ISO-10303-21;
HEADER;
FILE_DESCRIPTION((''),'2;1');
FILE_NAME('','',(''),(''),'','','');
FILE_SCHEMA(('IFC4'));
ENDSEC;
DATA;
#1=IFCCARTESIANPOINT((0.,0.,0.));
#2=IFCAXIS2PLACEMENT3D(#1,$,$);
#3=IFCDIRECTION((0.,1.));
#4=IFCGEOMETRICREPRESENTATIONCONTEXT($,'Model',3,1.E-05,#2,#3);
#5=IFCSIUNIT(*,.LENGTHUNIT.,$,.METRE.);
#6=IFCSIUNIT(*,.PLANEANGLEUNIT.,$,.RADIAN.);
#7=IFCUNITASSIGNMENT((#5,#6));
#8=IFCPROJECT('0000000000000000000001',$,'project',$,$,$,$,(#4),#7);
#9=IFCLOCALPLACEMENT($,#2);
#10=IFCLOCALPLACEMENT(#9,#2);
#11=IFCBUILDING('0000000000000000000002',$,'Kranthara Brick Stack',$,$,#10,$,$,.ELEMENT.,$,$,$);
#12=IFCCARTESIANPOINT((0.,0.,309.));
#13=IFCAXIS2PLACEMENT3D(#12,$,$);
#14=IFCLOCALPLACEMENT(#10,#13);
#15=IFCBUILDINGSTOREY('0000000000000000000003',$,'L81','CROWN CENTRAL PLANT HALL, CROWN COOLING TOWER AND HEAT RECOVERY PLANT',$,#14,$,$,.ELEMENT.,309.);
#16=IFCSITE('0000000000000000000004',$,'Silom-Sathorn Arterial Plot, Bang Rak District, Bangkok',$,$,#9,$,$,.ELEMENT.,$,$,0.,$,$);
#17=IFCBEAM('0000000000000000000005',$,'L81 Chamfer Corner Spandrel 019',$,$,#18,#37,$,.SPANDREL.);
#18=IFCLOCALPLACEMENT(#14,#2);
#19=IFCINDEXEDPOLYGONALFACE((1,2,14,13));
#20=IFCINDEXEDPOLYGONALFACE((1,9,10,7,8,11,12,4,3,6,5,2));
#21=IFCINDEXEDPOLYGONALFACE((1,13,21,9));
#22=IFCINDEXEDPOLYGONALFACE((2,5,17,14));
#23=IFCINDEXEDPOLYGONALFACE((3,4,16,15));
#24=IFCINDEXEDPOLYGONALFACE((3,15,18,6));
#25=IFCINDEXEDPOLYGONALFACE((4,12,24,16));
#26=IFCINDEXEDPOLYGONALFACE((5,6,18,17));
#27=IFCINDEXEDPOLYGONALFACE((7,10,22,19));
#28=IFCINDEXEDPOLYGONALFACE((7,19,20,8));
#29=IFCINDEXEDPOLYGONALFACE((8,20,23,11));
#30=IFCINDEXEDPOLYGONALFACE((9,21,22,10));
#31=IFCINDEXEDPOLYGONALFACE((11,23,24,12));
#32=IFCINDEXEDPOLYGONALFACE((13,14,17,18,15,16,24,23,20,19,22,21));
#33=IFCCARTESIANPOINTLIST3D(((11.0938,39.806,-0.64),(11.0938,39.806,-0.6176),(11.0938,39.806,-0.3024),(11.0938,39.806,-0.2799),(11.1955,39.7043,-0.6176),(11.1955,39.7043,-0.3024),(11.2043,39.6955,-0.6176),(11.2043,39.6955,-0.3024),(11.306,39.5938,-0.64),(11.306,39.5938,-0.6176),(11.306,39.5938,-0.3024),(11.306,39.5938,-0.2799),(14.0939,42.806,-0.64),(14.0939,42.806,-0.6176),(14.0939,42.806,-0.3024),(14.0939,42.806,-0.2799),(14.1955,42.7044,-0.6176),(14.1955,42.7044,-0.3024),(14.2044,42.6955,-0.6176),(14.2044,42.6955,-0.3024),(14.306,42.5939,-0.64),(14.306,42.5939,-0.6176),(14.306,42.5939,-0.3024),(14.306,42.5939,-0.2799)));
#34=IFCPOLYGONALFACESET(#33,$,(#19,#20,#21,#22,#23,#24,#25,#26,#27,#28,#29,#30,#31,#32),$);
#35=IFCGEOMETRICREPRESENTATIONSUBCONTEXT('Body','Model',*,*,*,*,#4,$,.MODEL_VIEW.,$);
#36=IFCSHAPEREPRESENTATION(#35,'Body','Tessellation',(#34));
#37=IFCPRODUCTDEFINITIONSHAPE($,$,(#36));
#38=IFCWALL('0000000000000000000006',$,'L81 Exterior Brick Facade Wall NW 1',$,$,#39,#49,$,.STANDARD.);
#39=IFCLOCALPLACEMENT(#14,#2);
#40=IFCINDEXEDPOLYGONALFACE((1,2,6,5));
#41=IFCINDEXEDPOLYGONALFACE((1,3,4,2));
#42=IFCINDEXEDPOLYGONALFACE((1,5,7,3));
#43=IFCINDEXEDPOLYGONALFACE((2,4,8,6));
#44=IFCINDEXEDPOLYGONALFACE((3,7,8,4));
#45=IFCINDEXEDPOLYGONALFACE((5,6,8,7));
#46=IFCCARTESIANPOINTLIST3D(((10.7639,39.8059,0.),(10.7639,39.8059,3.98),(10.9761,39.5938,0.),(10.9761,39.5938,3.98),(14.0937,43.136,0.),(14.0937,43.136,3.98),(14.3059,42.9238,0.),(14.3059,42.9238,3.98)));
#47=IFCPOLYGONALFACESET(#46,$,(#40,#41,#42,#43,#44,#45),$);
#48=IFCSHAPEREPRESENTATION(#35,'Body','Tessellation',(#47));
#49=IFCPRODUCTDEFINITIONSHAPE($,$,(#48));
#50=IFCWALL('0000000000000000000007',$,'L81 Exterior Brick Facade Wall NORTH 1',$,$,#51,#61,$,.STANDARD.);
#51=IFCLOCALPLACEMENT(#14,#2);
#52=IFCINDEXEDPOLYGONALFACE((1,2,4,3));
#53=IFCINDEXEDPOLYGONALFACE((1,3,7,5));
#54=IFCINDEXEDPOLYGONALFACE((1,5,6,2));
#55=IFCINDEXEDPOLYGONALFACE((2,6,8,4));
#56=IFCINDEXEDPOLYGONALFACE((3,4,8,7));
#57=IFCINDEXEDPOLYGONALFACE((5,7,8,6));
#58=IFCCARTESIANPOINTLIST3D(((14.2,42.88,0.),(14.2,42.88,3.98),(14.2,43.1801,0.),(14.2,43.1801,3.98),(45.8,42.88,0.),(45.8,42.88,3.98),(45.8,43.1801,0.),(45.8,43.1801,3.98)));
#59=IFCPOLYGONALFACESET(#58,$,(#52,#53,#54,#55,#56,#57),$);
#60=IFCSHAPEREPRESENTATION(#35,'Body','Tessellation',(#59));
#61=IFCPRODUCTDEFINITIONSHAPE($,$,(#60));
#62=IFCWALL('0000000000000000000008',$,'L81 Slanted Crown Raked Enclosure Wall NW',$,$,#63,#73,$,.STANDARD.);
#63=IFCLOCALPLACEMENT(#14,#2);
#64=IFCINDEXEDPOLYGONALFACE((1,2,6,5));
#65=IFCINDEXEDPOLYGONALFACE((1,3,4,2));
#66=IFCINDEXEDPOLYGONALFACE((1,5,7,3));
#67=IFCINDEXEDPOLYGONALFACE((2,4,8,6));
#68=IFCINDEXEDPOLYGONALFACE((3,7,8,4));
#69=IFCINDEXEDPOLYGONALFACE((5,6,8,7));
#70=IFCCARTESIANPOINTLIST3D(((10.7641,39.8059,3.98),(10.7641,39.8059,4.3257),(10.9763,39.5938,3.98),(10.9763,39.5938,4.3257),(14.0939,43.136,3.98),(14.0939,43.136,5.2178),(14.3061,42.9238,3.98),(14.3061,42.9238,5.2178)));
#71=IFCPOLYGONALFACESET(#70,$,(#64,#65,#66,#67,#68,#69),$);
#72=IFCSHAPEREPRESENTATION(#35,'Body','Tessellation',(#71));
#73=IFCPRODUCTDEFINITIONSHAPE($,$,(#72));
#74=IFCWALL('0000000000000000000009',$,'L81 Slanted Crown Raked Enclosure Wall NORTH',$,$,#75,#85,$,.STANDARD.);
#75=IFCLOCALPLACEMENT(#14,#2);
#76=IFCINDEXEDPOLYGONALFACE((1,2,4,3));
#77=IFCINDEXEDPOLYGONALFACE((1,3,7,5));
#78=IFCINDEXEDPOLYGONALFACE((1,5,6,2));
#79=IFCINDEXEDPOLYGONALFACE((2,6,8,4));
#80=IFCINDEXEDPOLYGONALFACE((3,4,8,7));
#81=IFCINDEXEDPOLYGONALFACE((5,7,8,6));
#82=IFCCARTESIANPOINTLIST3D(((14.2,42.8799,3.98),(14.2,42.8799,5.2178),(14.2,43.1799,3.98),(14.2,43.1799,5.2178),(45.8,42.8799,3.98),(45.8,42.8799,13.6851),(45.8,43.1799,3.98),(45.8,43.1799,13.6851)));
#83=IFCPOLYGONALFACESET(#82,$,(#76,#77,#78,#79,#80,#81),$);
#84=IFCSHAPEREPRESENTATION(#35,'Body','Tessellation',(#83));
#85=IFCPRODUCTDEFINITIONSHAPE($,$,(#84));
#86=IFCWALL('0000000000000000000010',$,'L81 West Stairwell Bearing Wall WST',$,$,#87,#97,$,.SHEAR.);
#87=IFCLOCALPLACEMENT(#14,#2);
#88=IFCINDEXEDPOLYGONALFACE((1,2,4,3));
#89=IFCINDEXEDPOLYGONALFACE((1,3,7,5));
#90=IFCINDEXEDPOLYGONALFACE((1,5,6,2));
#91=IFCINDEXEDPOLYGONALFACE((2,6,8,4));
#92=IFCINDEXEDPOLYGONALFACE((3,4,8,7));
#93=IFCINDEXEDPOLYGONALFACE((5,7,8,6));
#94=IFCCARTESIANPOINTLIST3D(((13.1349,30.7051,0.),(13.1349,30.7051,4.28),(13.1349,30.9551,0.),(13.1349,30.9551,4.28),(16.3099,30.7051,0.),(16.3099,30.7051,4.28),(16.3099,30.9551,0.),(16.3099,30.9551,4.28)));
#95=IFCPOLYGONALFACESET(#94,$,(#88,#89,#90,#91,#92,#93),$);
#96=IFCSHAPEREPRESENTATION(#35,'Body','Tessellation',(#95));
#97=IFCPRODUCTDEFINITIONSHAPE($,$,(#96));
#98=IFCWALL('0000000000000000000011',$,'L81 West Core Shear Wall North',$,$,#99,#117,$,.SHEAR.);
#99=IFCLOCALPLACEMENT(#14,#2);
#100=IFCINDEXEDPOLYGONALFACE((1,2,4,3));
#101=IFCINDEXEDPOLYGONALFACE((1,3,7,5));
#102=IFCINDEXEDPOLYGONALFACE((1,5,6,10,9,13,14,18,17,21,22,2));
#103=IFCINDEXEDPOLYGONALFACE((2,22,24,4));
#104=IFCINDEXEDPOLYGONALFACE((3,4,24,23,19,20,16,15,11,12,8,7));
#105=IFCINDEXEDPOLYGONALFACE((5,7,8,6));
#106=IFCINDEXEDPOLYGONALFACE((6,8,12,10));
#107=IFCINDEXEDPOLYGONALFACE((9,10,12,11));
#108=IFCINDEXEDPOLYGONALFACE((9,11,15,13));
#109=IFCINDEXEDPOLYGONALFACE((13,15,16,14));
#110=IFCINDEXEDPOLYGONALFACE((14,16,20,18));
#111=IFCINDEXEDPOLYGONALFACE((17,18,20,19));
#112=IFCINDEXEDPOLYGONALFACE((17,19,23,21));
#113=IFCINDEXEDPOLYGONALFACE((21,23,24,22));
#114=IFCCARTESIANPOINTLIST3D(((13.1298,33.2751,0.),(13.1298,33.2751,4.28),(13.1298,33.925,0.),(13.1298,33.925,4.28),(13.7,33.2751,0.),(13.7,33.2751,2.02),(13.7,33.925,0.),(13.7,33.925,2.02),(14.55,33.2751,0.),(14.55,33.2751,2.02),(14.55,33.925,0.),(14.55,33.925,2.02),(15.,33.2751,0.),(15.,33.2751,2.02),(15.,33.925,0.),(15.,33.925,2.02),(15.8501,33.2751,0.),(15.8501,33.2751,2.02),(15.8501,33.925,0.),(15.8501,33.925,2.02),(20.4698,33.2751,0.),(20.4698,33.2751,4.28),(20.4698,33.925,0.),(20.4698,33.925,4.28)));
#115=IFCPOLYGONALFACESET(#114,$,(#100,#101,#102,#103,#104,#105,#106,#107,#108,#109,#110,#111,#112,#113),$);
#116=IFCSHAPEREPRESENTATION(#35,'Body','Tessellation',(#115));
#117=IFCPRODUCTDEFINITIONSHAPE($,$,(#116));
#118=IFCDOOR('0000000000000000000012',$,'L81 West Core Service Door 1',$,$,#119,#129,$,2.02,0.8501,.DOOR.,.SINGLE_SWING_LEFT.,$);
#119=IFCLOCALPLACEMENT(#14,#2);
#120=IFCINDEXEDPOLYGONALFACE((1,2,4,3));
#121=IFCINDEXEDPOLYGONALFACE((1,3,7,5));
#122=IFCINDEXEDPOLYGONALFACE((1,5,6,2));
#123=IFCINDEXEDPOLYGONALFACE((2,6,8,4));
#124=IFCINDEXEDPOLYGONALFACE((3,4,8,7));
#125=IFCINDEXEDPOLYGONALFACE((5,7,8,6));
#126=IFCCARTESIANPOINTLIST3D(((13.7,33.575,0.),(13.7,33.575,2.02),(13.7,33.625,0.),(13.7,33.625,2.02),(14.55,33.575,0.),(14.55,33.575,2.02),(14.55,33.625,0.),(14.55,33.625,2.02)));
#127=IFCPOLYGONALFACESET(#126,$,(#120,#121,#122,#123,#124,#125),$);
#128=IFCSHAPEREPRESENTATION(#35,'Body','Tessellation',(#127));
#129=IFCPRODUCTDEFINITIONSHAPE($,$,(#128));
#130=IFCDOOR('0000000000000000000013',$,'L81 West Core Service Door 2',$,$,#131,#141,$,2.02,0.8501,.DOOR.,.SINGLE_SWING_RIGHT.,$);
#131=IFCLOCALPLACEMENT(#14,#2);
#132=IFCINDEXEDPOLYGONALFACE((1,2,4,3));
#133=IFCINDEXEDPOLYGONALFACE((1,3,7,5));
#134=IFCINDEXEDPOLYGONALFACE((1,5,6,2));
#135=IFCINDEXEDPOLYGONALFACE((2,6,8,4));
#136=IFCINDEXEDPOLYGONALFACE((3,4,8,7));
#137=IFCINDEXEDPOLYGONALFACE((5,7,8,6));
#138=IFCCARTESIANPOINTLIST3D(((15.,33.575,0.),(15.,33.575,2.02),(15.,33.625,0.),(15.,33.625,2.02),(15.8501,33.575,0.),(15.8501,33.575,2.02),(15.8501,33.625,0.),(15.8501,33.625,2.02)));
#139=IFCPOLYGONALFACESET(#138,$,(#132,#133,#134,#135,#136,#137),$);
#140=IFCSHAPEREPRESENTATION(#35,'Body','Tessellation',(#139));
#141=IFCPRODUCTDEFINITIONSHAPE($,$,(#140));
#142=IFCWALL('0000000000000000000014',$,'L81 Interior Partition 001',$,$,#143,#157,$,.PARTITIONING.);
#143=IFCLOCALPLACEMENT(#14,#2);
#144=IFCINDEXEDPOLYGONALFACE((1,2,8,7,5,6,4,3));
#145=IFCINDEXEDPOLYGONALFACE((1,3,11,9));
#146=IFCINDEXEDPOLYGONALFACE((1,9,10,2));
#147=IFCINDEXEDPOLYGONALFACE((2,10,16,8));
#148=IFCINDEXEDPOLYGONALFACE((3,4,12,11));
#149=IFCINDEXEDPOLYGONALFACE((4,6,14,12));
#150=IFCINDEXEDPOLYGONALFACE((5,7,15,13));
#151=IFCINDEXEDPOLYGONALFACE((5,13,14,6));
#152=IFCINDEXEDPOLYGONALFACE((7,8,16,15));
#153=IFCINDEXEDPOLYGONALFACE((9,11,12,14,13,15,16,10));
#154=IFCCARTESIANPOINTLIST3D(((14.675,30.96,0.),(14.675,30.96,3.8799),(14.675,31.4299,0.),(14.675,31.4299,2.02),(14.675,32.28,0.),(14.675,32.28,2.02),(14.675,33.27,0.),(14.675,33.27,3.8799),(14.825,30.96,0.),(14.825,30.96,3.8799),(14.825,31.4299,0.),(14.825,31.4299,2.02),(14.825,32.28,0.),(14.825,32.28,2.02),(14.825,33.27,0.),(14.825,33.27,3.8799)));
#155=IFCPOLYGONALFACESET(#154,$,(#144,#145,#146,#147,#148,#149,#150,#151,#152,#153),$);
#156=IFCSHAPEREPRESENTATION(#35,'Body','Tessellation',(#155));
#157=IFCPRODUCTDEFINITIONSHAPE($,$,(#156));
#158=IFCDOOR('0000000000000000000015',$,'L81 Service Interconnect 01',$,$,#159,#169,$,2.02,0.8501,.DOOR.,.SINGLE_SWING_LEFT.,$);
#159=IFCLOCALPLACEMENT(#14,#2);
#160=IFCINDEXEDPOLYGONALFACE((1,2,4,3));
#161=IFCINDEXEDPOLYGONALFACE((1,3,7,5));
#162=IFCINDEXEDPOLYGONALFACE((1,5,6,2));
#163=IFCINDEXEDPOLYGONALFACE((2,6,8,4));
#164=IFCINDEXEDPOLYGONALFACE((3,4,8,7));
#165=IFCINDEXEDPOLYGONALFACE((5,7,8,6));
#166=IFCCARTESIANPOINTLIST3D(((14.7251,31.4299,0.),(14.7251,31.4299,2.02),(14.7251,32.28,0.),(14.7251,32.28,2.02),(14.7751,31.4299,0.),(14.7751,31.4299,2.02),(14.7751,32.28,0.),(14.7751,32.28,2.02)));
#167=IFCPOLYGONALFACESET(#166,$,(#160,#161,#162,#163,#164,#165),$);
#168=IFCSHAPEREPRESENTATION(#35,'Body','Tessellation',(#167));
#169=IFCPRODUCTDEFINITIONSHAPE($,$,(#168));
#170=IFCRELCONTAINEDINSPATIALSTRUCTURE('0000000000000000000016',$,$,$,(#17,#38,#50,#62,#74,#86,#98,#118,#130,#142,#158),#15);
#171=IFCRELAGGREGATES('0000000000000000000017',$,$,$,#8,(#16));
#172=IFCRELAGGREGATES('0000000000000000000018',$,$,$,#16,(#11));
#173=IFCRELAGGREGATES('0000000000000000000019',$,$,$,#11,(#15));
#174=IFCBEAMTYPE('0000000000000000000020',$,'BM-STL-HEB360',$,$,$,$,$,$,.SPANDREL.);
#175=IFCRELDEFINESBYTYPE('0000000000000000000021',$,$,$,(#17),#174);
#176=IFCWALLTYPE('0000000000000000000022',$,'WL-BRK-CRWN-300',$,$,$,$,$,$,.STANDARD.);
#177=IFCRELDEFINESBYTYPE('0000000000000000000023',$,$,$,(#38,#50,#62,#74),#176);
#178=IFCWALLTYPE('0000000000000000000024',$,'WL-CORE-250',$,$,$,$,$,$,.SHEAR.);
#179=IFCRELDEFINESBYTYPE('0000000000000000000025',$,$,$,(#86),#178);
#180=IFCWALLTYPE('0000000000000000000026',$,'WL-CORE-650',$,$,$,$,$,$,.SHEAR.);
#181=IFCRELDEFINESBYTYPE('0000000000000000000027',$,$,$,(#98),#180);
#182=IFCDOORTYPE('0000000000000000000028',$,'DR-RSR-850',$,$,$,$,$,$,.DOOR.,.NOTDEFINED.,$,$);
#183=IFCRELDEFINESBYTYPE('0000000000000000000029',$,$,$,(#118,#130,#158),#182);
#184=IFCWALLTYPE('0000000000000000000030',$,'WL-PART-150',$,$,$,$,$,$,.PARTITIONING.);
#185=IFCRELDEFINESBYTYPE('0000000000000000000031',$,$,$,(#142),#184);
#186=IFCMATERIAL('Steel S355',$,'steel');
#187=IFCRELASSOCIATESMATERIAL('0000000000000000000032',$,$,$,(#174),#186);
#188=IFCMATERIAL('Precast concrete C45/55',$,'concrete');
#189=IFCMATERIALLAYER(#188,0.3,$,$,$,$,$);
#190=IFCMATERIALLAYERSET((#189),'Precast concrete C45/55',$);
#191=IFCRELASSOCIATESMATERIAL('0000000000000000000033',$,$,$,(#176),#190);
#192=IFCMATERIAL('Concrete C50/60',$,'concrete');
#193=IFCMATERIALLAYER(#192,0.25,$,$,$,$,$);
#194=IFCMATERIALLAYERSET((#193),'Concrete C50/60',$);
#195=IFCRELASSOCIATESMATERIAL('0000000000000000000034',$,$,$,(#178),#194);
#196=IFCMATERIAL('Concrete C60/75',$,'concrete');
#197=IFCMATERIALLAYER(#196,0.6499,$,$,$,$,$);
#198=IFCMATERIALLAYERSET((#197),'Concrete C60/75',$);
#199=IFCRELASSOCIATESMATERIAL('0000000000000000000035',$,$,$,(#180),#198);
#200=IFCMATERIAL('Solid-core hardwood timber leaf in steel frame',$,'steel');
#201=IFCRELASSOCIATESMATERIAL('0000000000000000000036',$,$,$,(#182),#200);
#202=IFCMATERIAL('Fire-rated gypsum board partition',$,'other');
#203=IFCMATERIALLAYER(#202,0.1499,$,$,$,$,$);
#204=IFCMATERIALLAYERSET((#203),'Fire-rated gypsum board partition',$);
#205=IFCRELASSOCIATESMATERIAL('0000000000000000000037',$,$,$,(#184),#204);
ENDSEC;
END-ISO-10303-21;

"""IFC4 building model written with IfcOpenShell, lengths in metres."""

from ifc_helpers import new_model, si_unit, direction, frame, frame_2d, origin, origin_2d, place, context, subcontext, project, spatial, polyline, rectangle, i_section, outline, extrude, material, layer, layer_set, material_profile, profile_set, type_object, element, fill, save


model = new_model("IFC4")

# Units and contexts
model_context = context("Model", 3, precision=1e-05, world=origin(), true_north=direction((0.0, 1.0)))
body_context = subcontext(model_context, "Body", "Model", "MODEL_VIEW")
ifc_project = project(units=[si_unit("LENGTHUNIT", "METRE"), si_unit("PLANEANGLEUNIT", "RADIAN")], contexts=[model_context])

# Site, building, storey
site_placement = place(None, origin())
site = spatial("IfcSite", under=ifc_project, at=site_placement, Name="Silom-Sathorn Arterial Plot, Bang Rak District, Bangkok", CompositionType="ELEMENT", RefElevation=0.0)
building_placement = place(site_placement, origin())
building = spatial("IfcBuilding", under=site, at=building_placement, Name="Kranthara Brick Stack", CompositionType="ELEMENT")
storey_placement = place(building_placement, frame((0.0, 0.0, 309.0)))
storey = spatial("IfcBuildingStorey", under=building, at=storey_placement, Name="L81", Description="CROWN CENTRAL PLANT HALL, CROWN COOLING TOWER AND HEAT RECOVERY PLANT", CompositionType="ELEMENT", Elevation=309.0)

# Beam
ifc_material_1 = material(Name="Steel S355", Category="steel")
ifc_material_profile_1 = material_profile(ifc_material_1, i_section(OverallWidth=0.3, OverallDepth=0.3601, WebThickness=0.0125, FlangeThickness=0.0225, at=origin_2d()), Name="HEB 360")
ifc_profile_set_1 = profile_set([ifc_material_profile_1], Name="Steel S355")
beam_type_1 = type_object("IfcBeamType", Name="BM-STL-HEB360", PredefinedType="SPANDREL", material=ifc_profile_set_1)
beam_1_placement = place(storey_placement, frame((14.2, 42.7, -0.46), z_axis=(-0.707107, -0.707107, 0.0), x_axis=(0.707107, -0.707107, 0.0)))
element("IfcBeam", 1, at=beam_1_placement, inside=storey, type_object=beam_type_1, Name="L81 Chamfer Corner Spandrel 019", PredefinedType="SPANDREL", context=body_context, shape_type="SweptSolid", body=[
    extrude(i_section(OverallWidth=0.3, OverallDepth=0.3601, WebThickness=0.0125, FlangeThickness=0.0225, at=origin_2d()), origin(), (0.0, 0.0, 1.0), 4.2427),
])

# Walls
ifc_material_2 = material(Name="Precast concrete C45/55", Category="concrete")
ifc_layer_1 = layer(ifc_material_2, 0.3)
ifc_layer_set_1 = layer_set([ifc_layer_1], Name="Precast concrete C45/55")
wall_type_1 = type_object("IfcWallType", Name="WL-BRK-CRWN-300", PredefinedType="STANDARD", material=ifc_layer_set_1)
wall_1_placement = place(storey_placement, frame((10.8701, 39.7, 0.0), z_axis=(0.0, 0.0, 1.0), x_axis=(0.707081, 0.707133, 0.0)))
element("IfcWall", 2, at=wall_1_placement, inside=storey, type_object=wall_type_1, Name="L81 Exterior Brick Facade Wall NW 1", PredefinedType="STANDARD", context=body_context, shape_type="SweptSolid", body=[
    extrude(rectangle(XDim=4.7092, YDim=0.3, at=frame_2d((2.3545, 0.0))), origin(), (0.0, 0.0, 1.0), 3.98),
])
wall_2_placement = place(storey_placement, frame((14.2, 43.03, 0.0), z_axis=(0.0, 0.0, 1.0), x_axis=(1.0, 0.0, 0.0)))
element("IfcWall", 3, at=wall_2_placement, inside=storey, type_object=wall_type_1, Name="L81 Exterior Brick Facade Wall NORTH 1", PredefinedType="STANDARD", context=body_context, shape_type="SweptSolid", body=[
    extrude(rectangle(XDim=31.6001, YDim=0.3, at=frame_2d((15.8, 0.0))), origin(), (0.0, 0.0, 1.0), 3.98),
])
wall_3_placement = place(storey_placement, frame((10.8701, 39.7, 3.98), z_axis=(0.0, 0.0, 1.0), x_axis=(0.707081, 0.707133, 0.0)))
element("IfcWall", 4, at=wall_3_placement, inside=storey, type_object=wall_type_1, Name="L81 Slanted Crown Raked Enclosure Wall NW", PredefinedType="STANDARD", context=body_context, shape_type="SweptSolid", body=[
    extrude(outline(polyline([(0.0, 0.0), (4.7092, 0.0), (4.7092, 1.2378), (0.0, 0.3457), (0.0, 0.0)])), frame((0.0, 0.1499, 0.0), z_axis=(0.0, -1.0, 0.0), x_axis=(1.0, 0.0, 0.0)), (0.0, 0.0, 1.0), 0.3),
])
wall_4_placement = place(storey_placement, frame((14.2, 43.03, 3.98), z_axis=(0.0, 0.0, 1.0), x_axis=(1.0, 0.0, 0.0)))
element("IfcWall", 5, at=wall_4_placement, inside=storey, type_object=wall_type_1, Name="L81 Slanted Crown Raked Enclosure Wall NORTH", PredefinedType="STANDARD", context=body_context, shape_type="SweptSolid", body=[
    extrude(outline(polyline([(0.0, 0.0), (31.6001, 0.0), (31.6001, 9.7051), (0.0, 1.2378), (0.0, 0.0)])), frame((0.0, 0.1499, 0.0), z_axis=(0.0, -1.0, 0.0), x_axis=(1.0, 0.0, 0.0)), (0.0, 0.0, 1.0), 0.3),
])
ifc_material_3 = material(Name="Concrete C50/60", Category="concrete")
ifc_layer_2 = layer(ifc_material_3, 0.25)
ifc_layer_set_2 = layer_set([ifc_layer_2], Name="Concrete C50/60")
wall_type_2 = type_object("IfcWallType", Name="WL-CORE-250", PredefinedType="SHEAR", material=ifc_layer_set_2)
wall_5_placement = place(storey_placement, frame((13.135, 30.8301, 0.0), z_axis=(0.0, 0.0, 1.0), x_axis=(1.0, 0.0, 0.0)))
element("IfcWall", 6, at=wall_5_placement, inside=storey, type_object=wall_type_2, Name="L81 West Stairwell Bearing Wall WST", PredefinedType="SHEAR", context=body_context, shape_type="SweptSolid", body=[
    extrude(rectangle(XDim=3.175, YDim=0.25, at=frame_2d((1.5874, 0.0))), origin(), (0.0, 0.0, 1.0), 4.28),
])

# Wall, openings, doors
ifc_material_4 = material(Name="Concrete C60/75", Category="concrete")
ifc_layer_3 = layer(ifc_material_4, 0.6499)
ifc_layer_set_3 = layer_set([ifc_layer_3], Name="Concrete C60/75")
wall_type_3 = type_object("IfcWallType", Name="WL-CORE-650", PredefinedType="SHEAR", material=ifc_layer_set_3)
wall_6_placement = place(storey_placement, frame((13.1299, 33.6001, 0.0), z_axis=(0.0, 0.0, 1.0), x_axis=(1.0, 0.0, 0.0)))
wall_6 = element("IfcWall", 7, at=wall_6_placement, inside=storey, type_object=wall_type_3, Name="L81 West Core Shear Wall North", PredefinedType="SHEAR", context=body_context, shape_type="SweptSolid", body=[
    extrude(rectangle(XDim=7.3401, YDim=0.6499, at=frame_2d((3.6699, 0.0))), origin(), (0.0, 0.0, 1.0), 4.28),
])
opening_1_placement = place(wall_6_placement, frame((0.5701, 0.0, 0.0)))
opening_1 = element("IfcOpeningElement", 8, at=opening_1_placement, cuts=wall_6, PredefinedType="OPENING", context=body_context, shape_type="SweptSolid", body=[
    extrude(rectangle(XDim=0.8501, YDim=2.02, at=frame_2d((0.425, 1.01))), frame((0.0, 0.335, 0.0), z_axis=(0.0, -1.0, 0.0), x_axis=(1.0, 0.0, 0.0)), (0.0, 0.0, 1.0), 0.6699),
])
opening_2_placement = place(wall_6_placement, frame((1.8701, 0.0, 0.0)))
opening_2 = element("IfcOpeningElement", 9, at=opening_2_placement, cuts=wall_6, PredefinedType="OPENING", context=body_context, shape_type="SweptSolid", body=[
    extrude(rectangle(XDim=0.8501, YDim=2.02, at=frame_2d((0.425, 1.01))), frame((0.0, 0.335, 0.0), z_axis=(0.0, -1.0, 0.0), x_axis=(1.0, 0.0, 0.0)), (0.0, 0.0, 1.0), 0.6699),
])
ifc_material_5 = material(Name="Solid-core hardwood timber leaf in steel frame", Category="steel")
door_type_1 = type_object("IfcDoorType", Name="DR-RSR-850", OperationType="NOTDEFINED", PredefinedType="DOOR", material=ifc_material_5)
door_1_placement = place(opening_1_placement, origin())
door_1 = element("IfcDoor", 10, at=door_1_placement, inside=storey, type_object=door_type_1, Name="L81 West Core Service Door 1", OperationType="SINGLE_SWING_LEFT", OverallHeight=2.02, OverallWidth=0.8501, PredefinedType="DOOR", context=body_context, shape_type="SweptSolid", body=[
    extrude(rectangle(XDim=0.8501, YDim=2.02, at=frame_2d((0.425, 1.01))), frame((0.0, 0.0249, 0.0), z_axis=(0.0, -1.0, 0.0), x_axis=(1.0, 0.0, 0.0)), (0.0, 0.0, 1.0), 0.05),
])
fill(opening_1, door_1)
door_2_placement = place(opening_2_placement, origin())
door_2 = element("IfcDoor", 11, at=door_2_placement, inside=storey, type_object=door_type_1, Name="L81 West Core Service Door 2", OperationType="SINGLE_SWING_RIGHT", OverallHeight=2.02, OverallWidth=0.8501, PredefinedType="DOOR", context=body_context, shape_type="SweptSolid", body=[
    extrude(rectangle(XDim=0.8501, YDim=2.02, at=frame_2d((0.425, 1.01))), frame((0.0, 0.0249, 0.0), z_axis=(0.0, -1.0, 0.0), x_axis=(1.0, 0.0, 0.0)), (0.0, 0.0, 1.0), 0.05),
])
fill(opening_2, door_2)

# Wall, opening, door
ifc_material_6 = material(Name="Fire-rated gypsum board partition", Category="other")
ifc_layer_4 = layer(ifc_material_6, 0.1499)
ifc_layer_set_4 = layer_set([ifc_layer_4], Name="Fire-rated gypsum board partition")
wall_type_4 = type_object("IfcWallType", Name="WL-PART-150", PredefinedType="PARTITIONING", material=ifc_layer_set_4)
wall_7_placement = place(storey_placement, frame((14.75, 30.96, 0.0), z_axis=(0.0, 0.0, 1.0), x_axis=(0.0, 1.0, 0.0)))
wall_7 = element("IfcWall", 12, at=wall_7_placement, inside=storey, type_object=wall_type_4, Name="L81 Interior Partition 001", PredefinedType="PARTITIONING", context=body_context, shape_type="SweptSolid", body=[
    extrude(rectangle(XDim=2.3101, YDim=0.1499, at=frame_2d((1.155, 0.0))), origin(), (0.0, 0.0, 1.0), 3.8799),
])
opening_3_placement = place(wall_7_placement, frame((0.47, 0.0, 0.0)))
opening_3 = element("IfcOpeningElement", 13, at=opening_3_placement, cuts=wall_7, PredefinedType="OPENING", context=body_context, shape_type="SweptSolid", body=[
    extrude(rectangle(XDim=0.8501, YDim=2.02, at=frame_2d((0.425, 1.01))), frame((0.0, 0.085, 0.0), z_axis=(0.0, -1.0, 0.0), x_axis=(1.0, 0.0, 0.0)), (0.0, 0.0, 1.0), 0.1699),
])
door_3_placement = place(opening_3_placement, origin())
door_3 = element("IfcDoor", 14, at=door_3_placement, inside=storey, type_object=door_type_1, Name="L81 Service Interconnect 01", OperationType="SINGLE_SWING_LEFT", OverallHeight=2.02, OverallWidth=0.8501, PredefinedType="DOOR", context=body_context, shape_type="SweptSolid", body=[
    extrude(rectangle(XDim=0.8501, YDim=2.02, at=frame_2d((0.425, 1.01))), frame((0.0, 0.0249, 0.0), z_axis=(0.0, -1.0, 0.0), x_axis=(1.0, 0.0, 0.0)), (0.0, 0.0, 1.0), 0.05),
])
fill(opening_3, door_3)

save(model, "model.ifc")
